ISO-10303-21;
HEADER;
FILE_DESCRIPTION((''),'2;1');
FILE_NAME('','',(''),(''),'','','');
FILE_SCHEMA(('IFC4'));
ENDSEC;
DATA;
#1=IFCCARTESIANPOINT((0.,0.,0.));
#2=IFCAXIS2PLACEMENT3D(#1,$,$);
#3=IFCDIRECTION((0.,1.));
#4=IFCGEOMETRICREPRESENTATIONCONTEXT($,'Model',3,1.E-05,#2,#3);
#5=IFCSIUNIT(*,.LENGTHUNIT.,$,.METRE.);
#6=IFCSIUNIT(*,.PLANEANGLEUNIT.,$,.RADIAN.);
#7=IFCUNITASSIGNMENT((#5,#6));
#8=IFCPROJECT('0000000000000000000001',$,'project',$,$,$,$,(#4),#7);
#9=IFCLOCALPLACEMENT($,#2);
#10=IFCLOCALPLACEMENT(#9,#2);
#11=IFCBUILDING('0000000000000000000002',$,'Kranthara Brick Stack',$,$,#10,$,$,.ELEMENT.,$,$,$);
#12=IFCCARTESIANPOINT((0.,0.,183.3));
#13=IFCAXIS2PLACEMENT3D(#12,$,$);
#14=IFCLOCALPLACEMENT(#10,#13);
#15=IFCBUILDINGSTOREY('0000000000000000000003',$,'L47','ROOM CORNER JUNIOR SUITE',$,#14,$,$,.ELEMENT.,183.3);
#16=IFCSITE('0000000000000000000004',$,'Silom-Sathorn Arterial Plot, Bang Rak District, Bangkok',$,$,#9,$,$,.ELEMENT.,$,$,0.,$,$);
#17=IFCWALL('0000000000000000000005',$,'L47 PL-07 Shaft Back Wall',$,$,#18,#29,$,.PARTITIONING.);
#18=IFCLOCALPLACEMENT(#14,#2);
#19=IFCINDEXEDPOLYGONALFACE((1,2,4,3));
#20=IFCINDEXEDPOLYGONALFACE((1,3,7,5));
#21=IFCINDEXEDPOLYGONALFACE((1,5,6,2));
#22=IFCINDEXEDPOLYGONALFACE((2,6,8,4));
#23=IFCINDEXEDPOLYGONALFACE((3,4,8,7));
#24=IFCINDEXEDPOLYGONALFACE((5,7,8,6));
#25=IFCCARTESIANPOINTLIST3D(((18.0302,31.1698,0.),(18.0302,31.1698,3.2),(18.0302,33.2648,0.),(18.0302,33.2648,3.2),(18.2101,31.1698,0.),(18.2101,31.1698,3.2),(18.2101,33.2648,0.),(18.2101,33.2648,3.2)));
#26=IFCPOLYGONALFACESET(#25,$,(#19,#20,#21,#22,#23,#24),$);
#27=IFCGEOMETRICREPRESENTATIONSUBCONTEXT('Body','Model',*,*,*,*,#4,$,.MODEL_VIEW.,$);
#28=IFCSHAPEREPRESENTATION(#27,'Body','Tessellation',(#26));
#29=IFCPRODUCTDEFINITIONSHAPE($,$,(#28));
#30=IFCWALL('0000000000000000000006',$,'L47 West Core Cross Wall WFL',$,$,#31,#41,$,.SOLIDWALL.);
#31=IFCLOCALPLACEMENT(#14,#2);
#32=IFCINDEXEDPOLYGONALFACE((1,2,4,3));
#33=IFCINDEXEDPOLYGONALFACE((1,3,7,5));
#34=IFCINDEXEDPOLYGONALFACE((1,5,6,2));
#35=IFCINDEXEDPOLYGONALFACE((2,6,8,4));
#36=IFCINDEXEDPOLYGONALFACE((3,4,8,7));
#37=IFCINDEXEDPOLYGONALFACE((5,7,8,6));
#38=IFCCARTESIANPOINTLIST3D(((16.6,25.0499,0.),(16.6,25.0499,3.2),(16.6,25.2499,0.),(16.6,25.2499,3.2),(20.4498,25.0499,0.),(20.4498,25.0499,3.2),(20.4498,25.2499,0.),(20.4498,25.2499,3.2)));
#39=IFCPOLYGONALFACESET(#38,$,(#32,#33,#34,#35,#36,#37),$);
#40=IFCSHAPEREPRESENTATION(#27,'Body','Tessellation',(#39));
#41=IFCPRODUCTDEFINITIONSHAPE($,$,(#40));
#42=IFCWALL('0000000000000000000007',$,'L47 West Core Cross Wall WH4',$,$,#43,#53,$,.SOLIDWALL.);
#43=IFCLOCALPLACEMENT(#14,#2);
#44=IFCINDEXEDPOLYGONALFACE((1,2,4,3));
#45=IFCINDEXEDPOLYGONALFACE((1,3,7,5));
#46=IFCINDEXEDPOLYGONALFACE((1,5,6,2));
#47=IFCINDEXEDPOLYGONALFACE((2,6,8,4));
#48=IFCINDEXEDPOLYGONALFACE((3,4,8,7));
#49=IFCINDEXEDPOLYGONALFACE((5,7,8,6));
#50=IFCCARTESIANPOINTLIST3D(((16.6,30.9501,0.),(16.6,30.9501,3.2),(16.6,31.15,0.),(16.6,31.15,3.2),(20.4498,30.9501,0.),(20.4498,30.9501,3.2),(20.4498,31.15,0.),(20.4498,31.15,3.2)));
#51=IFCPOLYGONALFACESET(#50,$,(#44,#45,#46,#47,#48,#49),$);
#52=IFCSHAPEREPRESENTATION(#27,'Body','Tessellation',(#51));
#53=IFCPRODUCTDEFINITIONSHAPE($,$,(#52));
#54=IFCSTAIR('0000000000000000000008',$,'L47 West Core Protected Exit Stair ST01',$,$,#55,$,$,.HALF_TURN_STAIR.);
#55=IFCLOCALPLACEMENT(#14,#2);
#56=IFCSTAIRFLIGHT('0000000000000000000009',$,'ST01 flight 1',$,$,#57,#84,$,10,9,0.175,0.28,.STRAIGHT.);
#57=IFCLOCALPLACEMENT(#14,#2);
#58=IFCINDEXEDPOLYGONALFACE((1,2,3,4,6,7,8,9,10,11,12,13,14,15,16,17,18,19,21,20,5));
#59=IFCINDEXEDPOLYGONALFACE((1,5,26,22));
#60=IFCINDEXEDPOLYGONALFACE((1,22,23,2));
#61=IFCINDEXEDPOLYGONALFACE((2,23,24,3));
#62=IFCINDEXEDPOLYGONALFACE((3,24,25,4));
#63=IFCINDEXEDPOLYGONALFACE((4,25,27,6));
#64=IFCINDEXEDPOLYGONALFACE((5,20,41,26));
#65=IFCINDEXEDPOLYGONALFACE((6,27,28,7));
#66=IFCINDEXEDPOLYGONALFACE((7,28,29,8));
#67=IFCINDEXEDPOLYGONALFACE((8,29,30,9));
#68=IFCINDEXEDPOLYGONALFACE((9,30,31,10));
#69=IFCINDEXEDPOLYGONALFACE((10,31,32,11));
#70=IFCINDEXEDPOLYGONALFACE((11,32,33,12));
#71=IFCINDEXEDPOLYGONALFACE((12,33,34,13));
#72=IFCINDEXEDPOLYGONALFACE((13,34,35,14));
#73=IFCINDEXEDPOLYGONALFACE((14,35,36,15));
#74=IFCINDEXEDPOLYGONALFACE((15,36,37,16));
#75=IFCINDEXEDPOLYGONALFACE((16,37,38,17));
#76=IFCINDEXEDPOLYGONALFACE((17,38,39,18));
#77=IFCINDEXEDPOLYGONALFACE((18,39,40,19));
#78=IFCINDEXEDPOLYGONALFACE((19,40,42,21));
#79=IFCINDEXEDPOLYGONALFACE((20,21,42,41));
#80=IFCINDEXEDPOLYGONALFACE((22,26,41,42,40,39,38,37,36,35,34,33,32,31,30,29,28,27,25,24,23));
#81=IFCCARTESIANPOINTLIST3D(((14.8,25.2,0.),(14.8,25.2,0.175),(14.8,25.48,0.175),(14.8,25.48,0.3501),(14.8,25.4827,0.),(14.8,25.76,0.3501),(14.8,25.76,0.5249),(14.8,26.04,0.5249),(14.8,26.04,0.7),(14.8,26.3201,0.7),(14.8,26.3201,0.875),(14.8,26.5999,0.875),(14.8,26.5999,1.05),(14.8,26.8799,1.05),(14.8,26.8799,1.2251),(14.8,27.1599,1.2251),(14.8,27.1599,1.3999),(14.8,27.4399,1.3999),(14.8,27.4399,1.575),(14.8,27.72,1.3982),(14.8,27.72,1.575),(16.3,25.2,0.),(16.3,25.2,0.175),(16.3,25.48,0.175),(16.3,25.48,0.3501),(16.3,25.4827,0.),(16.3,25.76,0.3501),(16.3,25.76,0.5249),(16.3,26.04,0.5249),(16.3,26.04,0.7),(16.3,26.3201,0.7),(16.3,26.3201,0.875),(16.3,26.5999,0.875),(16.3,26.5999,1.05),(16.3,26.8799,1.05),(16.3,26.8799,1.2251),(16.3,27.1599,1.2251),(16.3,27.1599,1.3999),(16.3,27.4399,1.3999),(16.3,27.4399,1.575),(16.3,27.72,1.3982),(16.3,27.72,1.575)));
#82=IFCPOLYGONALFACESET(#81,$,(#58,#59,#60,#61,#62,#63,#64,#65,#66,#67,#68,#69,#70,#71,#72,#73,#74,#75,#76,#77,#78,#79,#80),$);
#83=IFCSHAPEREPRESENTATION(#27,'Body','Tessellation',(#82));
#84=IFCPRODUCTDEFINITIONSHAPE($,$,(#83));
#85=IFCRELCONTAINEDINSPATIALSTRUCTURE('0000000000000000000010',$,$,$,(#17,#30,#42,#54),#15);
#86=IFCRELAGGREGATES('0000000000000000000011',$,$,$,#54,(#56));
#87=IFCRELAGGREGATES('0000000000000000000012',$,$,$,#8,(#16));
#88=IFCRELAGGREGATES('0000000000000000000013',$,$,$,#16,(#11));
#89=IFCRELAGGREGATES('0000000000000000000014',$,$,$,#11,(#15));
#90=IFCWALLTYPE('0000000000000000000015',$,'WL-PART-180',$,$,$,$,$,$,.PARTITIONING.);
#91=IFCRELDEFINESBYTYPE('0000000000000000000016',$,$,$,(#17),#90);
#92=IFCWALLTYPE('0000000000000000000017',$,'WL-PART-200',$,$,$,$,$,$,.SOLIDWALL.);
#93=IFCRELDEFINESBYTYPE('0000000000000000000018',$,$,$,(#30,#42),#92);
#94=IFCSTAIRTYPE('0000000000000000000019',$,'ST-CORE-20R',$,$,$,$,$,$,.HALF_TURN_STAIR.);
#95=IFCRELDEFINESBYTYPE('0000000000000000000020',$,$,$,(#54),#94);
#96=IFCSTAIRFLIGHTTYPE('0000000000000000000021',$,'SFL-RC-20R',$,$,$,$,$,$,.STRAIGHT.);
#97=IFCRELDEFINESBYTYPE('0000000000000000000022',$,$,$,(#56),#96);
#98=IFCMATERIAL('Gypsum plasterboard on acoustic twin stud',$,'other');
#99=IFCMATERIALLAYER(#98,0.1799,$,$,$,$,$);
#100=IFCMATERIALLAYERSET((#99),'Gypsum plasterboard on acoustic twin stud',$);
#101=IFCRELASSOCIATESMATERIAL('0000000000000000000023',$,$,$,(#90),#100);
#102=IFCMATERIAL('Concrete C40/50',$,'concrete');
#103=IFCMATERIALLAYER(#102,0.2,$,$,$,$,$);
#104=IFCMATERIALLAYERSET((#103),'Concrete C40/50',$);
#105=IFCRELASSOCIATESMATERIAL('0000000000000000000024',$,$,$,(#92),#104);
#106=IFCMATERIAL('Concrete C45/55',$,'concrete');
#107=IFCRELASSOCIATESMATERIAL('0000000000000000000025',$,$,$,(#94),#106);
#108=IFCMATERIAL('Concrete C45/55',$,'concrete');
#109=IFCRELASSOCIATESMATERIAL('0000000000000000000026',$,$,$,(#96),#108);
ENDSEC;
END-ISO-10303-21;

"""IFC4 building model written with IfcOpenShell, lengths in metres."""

from ifc_helpers import new_model, si_unit, direction, frame, frame_2d, origin, place, context, subcontext, project, spatial, polyline, rectangle, outline, extrude, material, layer, layer_set, type_object, element, aggregate, save


model = new_model("IFC4")

# Units and contexts
model_context = context("Model", 3, precision=1e-05, world=origin(), true_north=direction((0.0, 1.0)))
body_context = subcontext(model_context, "Body", "Model", "MODEL_VIEW")
ifc_project = project(units=[si_unit("LENGTHUNIT", "METRE"), si_unit("PLANEANGLEUNIT", "RADIAN")], contexts=[model_context])

# Site, building, storey
site_placement = place(None, origin())
site = spatial("IfcSite", under=ifc_project, at=site_placement, Name="Silom-Sathorn Arterial Plot, Bang Rak District, Bangkok", CompositionType="ELEMENT", RefElevation=0.0)
building_placement = place(site_placement, origin())
building = spatial("IfcBuilding", under=site, at=building_placement, Name="Kranthara Brick Stack", CompositionType="ELEMENT")
storey_placement = place(building_placement, frame((0.0, 0.0, 183.3)))
storey = spatial("IfcBuildingStorey", under=building, at=storey_placement, Name="L47", Description="ROOM CORNER JUNIOR SUITE", CompositionType="ELEMENT", Elevation=183.3)

# Walls
ifc_material_1 = material(Name="Gypsum plasterboard on acoustic twin stud", Category="other")
ifc_layer_1 = layer(ifc_material_1, 0.1799)
ifc_layer_set_1 = layer_set([ifc_layer_1], Name="Gypsum plasterboard on acoustic twin stud")
wall_type_1 = type_object("IfcWallType", Name="WL-PART-180", PredefinedType="PARTITIONING", material=ifc_layer_set_1)
wall_1_placement = place(storey_placement, frame((18.1201, 31.1699, 0.0), z_axis=(0.0, 0.0, 1.0), x_axis=(0.0, 1.0, 0.0)))
element("IfcWall", 1, at=wall_1_placement, inside=storey, type_object=wall_type_1, Name="L47 PL-07 Shaft Back Wall", PredefinedType="PARTITIONING", context=body_context, shape_type="SweptSolid", body=[
    extrude(rectangle(XDim=2.095, YDim=0.1799, at=frame_2d((1.0474, 0.0))), origin(), (0.0, 0.0, 1.0), 3.2),
])
ifc_material_2 = material(Name="Concrete C40/50", Category="concrete")
ifc_layer_2 = layer(ifc_material_2, 0.2)
ifc_layer_set_2 = layer_set([ifc_layer_2], Name="Concrete C40/50")
wall_type_2 = type_object("IfcWallType", Name="WL-PART-200", PredefinedType="SOLIDWALL", material=ifc_layer_set_2)
for number, where, z_axis, x_axis, name in (
    (2, (16.6001, 25.1499, 0.0), (0.0, 0.0, 1.0), (1.0, 0.0, 0.0), "L47 West Core Cross Wall WFL"),
    (3, (16.6001, 31.05, 0.0), (0.0, 0.0, 1.0), (1.0, 0.0, 0.0), "L47 West Core Cross Wall WH4"),
):
    element("IfcWall", number, at=place(storey_placement, frame(where, z_axis=z_axis, x_axis=x_axis)), inside=storey, type_object=wall_type_2, Name=name, PredefinedType="SOLIDWALL", context=body_context, shape_type="SweptSolid", body=[
        extrude(rectangle(XDim=3.8499, YDim=0.2, at=frame_2d((1.9248, 0.0))), origin(), (0.0, 0.0, 1.0), 3.2),
    ])

# Stair, stair flight
ifc_material_3 = material(Name="Concrete C45/55", Category="concrete")
stair_type = type_object("IfcStairType", Name="ST-CORE-20R", PredefinedType="HALF_TURN_STAIR", material=ifc_material_3)
stair_placement = place(storey_placement, origin())
stair = element("IfcStair", 4, at=stair_placement, inside=storey, type_object=stair_type, Name="L47 West Core Protected Exit Stair ST01", PredefinedType="HALF_TURN_STAIR")
ifc_material_4 = material(Name="Concrete C45/55", Category="concrete")
stair_flight_type = type_object("IfcStairFlightType", Name="SFL-RC-20R", PredefinedType="STRAIGHT", material=ifc_material_4)
stair_flight_placement = place(storey_placement, frame((15.55, 25.2, 0.0), z_axis=(0.0, 0.0, 1.0), x_axis=(0.0, 1.0, 0.0)))
stair_flight = element("IfcStairFlight", 5, at=stair_flight_placement, type_object=stair_flight_type, Name="ST01 flight 1", NumberOfRisers=10, NumberOfTreads=9, PredefinedType="STRAIGHT", RiserHeight=0.175, TreadLength=0.28, context=body_context, shape_type="SweptSolid", body=[
    extrude(outline(polyline([(0.0, 0.0), (0.0, 0.175), (0.28, 0.175), (0.28, 0.3501), (0.5601, 0.3501), (0.5601, 0.5249), (0.8401, 0.5249), (0.8401, 0.7), (1.1201, 0.7), (1.1201, 0.875), (1.3999, 0.875), (1.3999, 1.05), (1.6799, 1.05), (1.6799, 1.2251), (1.96, 1.2251), (1.96, 1.3999), (2.24, 1.3999), (2.24, 1.575), (2.52, 1.575), (2.52, 1.75), (2.52, 1.3982), (0.2827, 0.0), (0.0, 0.0)])), frame((0.0, 0.75, 0.0), z_axis=(0.0, -1.0, 0.0), x_axis=(1.0, 0.0, 0.0)), (0.0, 0.0, 1.0), 1.5),
])
aggregate(stair, [stair_flight])

save(model, "model.ifc")
